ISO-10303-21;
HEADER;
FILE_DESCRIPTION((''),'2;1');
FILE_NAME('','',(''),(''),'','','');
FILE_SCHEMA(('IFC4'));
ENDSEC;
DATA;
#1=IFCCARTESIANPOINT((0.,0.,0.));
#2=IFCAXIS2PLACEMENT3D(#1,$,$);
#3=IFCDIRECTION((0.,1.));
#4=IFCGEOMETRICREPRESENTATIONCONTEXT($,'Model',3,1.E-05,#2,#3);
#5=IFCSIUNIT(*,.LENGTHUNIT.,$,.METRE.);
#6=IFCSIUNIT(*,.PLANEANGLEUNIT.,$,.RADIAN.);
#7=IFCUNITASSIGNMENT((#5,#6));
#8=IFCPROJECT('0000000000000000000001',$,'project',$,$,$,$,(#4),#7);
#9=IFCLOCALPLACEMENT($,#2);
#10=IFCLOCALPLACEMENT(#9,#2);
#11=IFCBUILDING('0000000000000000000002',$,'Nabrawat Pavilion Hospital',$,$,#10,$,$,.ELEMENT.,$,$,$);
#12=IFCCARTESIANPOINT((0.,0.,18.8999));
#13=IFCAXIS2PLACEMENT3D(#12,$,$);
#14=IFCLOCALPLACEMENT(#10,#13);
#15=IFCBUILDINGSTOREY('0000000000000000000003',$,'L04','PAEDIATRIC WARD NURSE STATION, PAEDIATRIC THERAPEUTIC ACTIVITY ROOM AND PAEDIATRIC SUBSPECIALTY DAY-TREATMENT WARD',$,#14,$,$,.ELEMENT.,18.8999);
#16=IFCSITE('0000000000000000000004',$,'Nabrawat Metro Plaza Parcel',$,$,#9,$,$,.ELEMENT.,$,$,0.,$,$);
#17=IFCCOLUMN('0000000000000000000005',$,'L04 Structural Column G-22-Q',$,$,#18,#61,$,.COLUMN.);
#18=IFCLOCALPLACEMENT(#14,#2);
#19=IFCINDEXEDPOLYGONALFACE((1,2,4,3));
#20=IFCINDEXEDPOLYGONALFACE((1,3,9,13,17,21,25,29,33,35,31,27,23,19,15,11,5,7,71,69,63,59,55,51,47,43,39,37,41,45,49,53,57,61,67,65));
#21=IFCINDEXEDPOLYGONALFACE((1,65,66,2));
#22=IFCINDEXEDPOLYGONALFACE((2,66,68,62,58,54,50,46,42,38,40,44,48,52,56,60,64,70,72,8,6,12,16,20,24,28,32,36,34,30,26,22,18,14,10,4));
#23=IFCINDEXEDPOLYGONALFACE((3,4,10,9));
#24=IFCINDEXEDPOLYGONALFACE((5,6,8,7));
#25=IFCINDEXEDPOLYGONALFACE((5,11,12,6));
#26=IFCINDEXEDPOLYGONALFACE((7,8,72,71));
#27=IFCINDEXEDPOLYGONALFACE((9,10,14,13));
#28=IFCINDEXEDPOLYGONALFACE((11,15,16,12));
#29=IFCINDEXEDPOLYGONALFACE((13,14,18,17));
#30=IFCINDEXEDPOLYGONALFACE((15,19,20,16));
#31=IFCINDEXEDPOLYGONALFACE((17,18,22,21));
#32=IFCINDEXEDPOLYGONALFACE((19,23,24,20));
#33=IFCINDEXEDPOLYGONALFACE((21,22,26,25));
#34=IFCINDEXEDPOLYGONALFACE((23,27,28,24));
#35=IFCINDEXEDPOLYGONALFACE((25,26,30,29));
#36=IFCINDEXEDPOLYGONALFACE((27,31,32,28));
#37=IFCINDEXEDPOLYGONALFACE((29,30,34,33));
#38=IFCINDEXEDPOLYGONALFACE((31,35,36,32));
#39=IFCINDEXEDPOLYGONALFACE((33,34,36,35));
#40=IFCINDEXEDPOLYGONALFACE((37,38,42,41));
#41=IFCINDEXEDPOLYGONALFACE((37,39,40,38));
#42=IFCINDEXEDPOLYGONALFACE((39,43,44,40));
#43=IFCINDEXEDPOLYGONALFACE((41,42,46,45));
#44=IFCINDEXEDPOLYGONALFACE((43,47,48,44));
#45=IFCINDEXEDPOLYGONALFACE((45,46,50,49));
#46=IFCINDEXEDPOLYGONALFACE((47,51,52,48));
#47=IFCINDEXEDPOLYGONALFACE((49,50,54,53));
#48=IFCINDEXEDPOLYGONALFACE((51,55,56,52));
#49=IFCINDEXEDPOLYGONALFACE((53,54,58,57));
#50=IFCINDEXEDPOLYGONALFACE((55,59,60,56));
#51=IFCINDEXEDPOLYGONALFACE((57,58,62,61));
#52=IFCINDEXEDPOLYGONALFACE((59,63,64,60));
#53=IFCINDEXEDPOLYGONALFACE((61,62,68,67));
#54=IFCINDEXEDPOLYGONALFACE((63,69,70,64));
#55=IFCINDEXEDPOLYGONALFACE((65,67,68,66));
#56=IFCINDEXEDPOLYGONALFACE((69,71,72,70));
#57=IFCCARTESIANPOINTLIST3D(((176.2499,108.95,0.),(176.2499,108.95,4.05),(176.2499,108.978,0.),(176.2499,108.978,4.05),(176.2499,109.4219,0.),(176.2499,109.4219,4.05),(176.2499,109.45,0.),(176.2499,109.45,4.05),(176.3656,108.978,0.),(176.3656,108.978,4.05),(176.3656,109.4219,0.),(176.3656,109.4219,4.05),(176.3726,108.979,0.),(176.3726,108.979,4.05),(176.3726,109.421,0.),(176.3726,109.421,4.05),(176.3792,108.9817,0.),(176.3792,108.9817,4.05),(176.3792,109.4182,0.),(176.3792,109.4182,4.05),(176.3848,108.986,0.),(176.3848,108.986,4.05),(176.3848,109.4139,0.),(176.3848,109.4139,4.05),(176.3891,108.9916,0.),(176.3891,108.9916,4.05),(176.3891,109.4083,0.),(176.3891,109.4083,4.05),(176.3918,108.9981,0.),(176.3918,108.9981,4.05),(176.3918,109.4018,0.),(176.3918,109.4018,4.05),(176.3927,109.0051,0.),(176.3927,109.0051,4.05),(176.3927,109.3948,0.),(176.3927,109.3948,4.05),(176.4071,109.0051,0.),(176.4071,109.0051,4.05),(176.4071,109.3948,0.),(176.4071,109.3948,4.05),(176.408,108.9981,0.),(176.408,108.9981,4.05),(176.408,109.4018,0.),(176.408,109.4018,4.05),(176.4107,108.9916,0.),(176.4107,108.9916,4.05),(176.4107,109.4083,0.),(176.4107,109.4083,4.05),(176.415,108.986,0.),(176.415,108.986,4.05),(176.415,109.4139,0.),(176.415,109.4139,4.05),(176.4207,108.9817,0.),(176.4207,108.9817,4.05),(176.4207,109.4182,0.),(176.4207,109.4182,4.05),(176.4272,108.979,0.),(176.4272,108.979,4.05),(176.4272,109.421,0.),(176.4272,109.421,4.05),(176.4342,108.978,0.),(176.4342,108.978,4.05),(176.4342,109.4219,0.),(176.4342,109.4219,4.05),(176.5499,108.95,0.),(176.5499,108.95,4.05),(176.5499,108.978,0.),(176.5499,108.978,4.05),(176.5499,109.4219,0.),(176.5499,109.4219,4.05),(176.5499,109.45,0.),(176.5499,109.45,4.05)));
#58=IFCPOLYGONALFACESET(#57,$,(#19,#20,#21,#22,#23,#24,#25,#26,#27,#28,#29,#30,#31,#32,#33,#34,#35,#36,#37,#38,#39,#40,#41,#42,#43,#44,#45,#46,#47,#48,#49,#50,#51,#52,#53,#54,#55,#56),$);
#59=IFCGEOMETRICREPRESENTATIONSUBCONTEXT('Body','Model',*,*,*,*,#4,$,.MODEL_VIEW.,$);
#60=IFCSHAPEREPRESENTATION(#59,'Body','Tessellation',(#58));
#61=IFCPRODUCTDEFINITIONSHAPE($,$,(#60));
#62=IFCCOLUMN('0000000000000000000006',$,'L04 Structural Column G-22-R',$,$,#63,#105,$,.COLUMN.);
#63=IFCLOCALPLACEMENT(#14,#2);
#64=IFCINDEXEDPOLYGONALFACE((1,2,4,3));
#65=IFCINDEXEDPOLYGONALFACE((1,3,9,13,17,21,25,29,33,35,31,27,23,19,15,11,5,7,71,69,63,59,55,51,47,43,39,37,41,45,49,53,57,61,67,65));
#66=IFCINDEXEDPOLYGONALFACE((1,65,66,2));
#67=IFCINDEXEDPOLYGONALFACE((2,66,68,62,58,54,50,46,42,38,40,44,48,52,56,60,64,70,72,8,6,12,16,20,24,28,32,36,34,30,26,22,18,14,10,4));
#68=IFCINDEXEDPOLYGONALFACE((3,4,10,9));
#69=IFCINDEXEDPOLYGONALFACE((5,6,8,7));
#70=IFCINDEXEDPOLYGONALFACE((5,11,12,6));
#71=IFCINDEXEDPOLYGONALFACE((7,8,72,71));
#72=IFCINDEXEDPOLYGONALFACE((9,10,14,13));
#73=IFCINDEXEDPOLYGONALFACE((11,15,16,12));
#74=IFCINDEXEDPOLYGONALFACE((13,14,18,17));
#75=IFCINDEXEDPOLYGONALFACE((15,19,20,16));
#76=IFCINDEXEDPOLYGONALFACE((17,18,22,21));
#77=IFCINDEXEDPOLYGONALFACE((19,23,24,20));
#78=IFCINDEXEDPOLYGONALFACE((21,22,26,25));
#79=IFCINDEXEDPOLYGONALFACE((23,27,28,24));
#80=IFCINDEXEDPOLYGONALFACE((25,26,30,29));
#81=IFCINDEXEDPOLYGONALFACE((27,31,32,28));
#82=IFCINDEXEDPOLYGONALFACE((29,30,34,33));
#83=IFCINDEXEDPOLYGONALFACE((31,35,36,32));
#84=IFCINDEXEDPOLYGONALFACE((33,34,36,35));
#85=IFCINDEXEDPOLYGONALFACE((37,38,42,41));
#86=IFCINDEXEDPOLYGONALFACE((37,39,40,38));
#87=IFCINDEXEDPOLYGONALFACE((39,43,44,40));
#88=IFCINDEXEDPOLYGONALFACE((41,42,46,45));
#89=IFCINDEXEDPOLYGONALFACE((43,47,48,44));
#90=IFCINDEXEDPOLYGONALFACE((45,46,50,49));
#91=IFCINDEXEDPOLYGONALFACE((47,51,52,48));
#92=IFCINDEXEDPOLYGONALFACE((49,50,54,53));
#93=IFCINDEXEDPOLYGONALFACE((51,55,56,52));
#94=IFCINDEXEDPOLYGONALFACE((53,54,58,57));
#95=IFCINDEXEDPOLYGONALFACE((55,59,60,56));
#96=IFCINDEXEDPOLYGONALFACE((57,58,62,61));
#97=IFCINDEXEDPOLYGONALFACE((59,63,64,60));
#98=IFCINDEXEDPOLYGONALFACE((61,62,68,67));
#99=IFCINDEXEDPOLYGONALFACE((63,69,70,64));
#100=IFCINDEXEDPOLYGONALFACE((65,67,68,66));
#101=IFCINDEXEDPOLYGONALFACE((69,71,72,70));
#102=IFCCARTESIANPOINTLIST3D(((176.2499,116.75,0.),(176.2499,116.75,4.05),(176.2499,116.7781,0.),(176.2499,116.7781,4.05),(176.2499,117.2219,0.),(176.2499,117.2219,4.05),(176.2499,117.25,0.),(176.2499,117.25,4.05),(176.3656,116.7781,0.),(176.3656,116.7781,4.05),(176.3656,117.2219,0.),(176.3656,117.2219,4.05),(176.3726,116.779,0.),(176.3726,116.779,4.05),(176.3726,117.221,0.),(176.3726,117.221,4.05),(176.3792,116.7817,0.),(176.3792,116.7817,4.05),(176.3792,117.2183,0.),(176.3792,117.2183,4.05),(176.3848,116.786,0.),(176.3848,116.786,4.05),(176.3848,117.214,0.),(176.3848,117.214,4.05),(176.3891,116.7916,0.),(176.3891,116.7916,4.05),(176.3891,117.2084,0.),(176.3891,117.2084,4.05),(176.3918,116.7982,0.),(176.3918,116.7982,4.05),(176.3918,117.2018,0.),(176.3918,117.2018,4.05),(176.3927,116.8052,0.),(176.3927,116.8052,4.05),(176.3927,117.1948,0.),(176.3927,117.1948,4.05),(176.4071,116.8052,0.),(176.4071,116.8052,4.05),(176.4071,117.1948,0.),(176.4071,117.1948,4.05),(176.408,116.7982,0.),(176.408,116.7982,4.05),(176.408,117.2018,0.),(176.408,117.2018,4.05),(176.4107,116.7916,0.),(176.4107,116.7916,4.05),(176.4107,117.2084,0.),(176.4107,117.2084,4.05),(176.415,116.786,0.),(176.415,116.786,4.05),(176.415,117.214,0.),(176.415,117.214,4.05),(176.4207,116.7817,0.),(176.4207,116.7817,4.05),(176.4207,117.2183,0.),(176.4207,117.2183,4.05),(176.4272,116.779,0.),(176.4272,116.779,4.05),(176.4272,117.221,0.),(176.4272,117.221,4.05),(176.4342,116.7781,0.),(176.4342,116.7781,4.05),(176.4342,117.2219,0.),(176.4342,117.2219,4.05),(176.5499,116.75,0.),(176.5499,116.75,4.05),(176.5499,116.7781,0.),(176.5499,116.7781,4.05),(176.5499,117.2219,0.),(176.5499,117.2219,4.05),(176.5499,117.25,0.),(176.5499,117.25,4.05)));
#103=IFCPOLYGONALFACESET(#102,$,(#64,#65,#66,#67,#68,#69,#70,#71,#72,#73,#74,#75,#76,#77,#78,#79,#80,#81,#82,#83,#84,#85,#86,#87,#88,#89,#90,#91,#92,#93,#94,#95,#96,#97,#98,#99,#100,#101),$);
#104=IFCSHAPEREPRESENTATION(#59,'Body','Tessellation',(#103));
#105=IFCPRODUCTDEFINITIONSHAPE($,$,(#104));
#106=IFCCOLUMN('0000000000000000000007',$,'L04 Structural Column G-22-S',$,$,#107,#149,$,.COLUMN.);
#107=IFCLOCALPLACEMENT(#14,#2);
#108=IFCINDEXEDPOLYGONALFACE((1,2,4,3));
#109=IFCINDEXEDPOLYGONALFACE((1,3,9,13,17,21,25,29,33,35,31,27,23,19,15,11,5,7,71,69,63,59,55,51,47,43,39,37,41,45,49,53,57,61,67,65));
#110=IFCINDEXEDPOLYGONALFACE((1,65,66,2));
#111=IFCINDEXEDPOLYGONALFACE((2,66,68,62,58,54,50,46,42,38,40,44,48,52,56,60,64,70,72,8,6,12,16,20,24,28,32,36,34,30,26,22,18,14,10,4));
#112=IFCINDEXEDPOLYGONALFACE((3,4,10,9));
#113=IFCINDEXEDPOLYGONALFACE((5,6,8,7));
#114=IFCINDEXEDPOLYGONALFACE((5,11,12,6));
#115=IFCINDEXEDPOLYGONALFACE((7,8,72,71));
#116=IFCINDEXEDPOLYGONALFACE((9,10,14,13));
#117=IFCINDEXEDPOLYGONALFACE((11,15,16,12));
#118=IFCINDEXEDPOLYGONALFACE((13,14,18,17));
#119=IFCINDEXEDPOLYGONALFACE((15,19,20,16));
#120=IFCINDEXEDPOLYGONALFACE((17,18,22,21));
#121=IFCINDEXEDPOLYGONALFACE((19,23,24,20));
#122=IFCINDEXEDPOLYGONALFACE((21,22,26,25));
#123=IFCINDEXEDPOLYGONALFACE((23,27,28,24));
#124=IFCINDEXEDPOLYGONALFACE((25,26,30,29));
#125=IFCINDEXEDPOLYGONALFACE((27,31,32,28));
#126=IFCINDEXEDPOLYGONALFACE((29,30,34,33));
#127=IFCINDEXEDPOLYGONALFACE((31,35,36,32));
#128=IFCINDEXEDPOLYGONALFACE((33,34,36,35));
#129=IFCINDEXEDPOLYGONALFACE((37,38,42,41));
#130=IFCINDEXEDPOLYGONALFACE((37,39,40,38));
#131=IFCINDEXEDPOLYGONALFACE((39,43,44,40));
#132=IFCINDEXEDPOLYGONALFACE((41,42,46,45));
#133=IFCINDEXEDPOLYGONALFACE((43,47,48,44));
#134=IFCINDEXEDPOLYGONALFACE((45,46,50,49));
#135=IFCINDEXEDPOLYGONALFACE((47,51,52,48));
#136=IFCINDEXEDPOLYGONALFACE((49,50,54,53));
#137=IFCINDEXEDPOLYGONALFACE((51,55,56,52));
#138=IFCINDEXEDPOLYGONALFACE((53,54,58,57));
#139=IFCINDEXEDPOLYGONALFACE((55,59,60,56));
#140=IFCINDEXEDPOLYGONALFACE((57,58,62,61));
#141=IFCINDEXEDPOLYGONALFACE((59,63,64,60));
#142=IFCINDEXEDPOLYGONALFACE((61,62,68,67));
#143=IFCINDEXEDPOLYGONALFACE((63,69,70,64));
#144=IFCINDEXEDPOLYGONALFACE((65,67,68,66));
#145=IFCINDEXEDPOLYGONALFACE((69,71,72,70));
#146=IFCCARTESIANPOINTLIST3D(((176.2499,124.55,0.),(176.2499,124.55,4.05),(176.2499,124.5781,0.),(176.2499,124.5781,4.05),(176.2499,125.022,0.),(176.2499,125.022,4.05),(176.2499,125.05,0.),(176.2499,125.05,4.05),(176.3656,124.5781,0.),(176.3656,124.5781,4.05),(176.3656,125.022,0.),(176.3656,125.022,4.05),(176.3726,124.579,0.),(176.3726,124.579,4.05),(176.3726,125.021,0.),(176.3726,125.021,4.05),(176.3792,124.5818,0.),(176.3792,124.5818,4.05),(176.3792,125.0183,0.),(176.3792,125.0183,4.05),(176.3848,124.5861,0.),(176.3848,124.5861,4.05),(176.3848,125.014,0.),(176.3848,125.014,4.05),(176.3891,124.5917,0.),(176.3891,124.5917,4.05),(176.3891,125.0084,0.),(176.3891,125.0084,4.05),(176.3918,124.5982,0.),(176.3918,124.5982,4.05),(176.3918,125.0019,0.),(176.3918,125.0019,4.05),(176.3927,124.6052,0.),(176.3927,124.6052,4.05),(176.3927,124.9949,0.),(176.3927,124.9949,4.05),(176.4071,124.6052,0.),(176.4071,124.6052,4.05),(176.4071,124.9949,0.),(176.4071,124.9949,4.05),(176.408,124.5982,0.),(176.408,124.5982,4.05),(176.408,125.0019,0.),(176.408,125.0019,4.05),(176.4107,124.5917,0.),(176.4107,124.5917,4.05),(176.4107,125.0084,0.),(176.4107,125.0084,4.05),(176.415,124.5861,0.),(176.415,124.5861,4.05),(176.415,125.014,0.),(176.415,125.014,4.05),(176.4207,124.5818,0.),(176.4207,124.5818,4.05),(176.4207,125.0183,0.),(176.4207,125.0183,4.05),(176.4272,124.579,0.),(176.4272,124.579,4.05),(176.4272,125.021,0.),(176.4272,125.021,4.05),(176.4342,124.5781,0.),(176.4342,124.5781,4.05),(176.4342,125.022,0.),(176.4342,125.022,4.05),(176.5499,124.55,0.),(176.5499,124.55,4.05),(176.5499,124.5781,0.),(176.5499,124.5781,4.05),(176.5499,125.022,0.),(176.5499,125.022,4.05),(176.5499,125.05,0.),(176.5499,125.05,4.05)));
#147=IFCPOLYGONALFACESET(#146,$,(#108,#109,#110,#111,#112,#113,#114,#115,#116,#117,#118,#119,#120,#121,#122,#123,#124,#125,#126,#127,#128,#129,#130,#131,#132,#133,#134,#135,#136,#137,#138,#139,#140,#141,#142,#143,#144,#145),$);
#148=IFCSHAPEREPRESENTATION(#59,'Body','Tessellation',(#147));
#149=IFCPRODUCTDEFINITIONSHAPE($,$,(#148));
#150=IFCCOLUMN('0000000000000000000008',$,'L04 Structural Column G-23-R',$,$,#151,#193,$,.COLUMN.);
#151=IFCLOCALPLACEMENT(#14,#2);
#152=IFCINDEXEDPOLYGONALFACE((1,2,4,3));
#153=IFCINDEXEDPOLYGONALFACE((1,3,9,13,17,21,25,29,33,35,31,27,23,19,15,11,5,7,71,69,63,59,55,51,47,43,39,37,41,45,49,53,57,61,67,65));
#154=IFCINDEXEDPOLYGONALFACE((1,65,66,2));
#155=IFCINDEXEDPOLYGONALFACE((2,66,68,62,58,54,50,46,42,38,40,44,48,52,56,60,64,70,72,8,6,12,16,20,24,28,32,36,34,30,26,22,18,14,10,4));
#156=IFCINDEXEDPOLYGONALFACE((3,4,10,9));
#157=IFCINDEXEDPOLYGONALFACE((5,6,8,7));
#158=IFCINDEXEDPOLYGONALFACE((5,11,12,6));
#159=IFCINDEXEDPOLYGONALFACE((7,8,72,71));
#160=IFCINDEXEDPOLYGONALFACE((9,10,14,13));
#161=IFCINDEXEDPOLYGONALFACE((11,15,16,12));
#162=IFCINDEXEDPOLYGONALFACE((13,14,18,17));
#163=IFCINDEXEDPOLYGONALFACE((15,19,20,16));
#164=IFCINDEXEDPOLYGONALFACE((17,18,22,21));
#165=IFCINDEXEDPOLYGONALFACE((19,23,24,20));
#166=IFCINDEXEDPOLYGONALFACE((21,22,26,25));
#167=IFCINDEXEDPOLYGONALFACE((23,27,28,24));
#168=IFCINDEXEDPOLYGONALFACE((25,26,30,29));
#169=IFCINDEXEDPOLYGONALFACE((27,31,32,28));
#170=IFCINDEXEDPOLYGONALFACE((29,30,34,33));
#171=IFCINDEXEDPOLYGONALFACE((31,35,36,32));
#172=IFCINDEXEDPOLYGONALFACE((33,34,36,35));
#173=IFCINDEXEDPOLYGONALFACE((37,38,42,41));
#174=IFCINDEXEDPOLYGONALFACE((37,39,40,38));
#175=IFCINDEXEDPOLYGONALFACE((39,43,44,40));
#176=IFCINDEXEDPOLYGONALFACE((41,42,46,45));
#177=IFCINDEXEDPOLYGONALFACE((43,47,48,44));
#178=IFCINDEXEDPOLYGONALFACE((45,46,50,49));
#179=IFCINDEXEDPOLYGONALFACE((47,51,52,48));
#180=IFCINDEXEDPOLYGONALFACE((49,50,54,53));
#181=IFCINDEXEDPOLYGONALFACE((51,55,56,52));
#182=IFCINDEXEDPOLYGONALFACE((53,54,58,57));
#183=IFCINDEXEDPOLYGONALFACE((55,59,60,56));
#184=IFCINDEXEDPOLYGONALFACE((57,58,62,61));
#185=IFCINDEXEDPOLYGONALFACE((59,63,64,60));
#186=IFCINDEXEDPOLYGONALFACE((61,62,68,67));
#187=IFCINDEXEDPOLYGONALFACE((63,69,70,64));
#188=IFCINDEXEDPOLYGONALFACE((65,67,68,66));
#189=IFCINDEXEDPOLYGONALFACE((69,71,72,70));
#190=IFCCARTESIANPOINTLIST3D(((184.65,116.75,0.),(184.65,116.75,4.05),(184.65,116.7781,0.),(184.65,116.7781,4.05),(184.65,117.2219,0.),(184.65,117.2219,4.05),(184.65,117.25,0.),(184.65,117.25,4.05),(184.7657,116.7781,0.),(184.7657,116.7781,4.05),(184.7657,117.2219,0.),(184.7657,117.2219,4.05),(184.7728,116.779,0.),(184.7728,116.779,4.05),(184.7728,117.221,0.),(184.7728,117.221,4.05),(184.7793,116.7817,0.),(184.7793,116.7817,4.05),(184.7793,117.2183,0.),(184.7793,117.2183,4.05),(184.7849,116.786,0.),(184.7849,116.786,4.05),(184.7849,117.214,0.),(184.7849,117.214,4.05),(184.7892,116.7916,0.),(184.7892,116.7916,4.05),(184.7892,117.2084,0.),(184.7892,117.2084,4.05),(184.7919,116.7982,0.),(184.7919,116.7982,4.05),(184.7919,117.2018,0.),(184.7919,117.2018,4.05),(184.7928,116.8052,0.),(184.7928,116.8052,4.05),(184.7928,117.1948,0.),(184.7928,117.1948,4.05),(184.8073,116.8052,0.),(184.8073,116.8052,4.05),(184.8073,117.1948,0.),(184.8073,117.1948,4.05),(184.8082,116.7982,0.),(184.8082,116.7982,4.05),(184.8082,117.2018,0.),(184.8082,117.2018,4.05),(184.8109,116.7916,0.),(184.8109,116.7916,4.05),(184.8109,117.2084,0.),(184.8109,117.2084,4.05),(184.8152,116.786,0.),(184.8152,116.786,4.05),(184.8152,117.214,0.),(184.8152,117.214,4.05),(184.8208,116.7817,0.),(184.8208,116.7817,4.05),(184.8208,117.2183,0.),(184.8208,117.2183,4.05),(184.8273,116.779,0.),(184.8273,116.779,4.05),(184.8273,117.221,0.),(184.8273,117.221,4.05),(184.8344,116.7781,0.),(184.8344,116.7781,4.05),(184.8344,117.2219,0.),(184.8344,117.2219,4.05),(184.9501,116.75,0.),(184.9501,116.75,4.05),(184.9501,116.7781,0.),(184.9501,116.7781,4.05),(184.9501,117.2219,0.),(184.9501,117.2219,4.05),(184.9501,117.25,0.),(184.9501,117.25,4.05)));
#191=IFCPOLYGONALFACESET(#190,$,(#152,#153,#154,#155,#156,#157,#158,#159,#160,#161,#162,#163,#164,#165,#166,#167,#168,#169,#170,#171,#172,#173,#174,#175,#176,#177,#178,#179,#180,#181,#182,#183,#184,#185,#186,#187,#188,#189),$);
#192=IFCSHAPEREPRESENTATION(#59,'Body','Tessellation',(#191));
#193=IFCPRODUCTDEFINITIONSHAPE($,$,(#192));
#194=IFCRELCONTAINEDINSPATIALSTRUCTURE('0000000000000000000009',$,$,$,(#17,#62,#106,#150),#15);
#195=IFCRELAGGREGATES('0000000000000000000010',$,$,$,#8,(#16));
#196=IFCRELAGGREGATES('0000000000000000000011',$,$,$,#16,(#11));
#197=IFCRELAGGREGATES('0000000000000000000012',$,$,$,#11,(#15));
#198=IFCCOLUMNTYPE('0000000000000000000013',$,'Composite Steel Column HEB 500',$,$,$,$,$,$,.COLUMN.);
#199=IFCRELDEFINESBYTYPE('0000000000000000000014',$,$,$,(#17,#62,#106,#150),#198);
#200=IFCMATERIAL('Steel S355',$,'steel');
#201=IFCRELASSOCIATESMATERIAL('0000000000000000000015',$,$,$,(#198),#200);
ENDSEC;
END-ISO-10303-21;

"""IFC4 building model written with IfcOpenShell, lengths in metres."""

from ifc_helpers import new_model, si_unit, direction, frame, origin, origin_2d, place, context, subcontext, project, spatial, i_section, extrude, material, material_profile, profile_set, type_object, element, save


model = new_model("IFC4")

# Units and contexts
model_context = context("Model", 3, precision=1e-05, world=origin(), true_north=direction((0.0, 1.0)))
body_context = subcontext(model_context, "Body", "Model", "MODEL_VIEW")
ifc_project = project(units=[si_unit("LENGTHUNIT", "METRE"), si_unit("PLANEANGLEUNIT", "RADIAN")], contexts=[model_context])

# Site, building, storey
site_placement = place(None, origin())
site = spatial("IfcSite", under=ifc_project, at=site_placement, Name="Nabrawat Metro Plaza Parcel", CompositionType="ELEMENT", RefElevation=0.0)
building_placement = place(site_placement, origin())
building = spatial("IfcBuilding", under=site, at=building_placement, Name="Nabrawat Pavilion Hospital", CompositionType="ELEMENT")
storey_placement = place(building_placement, frame((0.0, 0.0, 18.8999)))
storey = spatial("IfcBuildingStorey", under=building, at=storey_placement, Name="L04", Description="PAEDIATRIC WARD NURSE STATION, PAEDIATRIC THERAPEUTIC ACTIVITY ROOM AND PAEDIATRIC SUBSPECIALTY DAY-TREATMENT WARD", CompositionType="ELEMENT", Elevation=18.8999)

# Columns
ifc_material_1 = material(Name="Steel S355", Category="steel")
ifc_material_profile_1 = material_profile(ifc_material_1, i_section(OverallWidth=0.3, OverallDepth=0.5, WebThickness=0.0144, FlangeThickness=0.0281, FilletRadius=0.0271, at=origin_2d()), Name="HEB 500")
ifc_profile_set_1 = profile_set([ifc_material_profile_1], Name="Steel S355")
column_type = type_object("IfcColumnType", Name="Composite Steel Column HEB 500", PredefinedType="COLUMN", material=ifc_profile_set_1)
for number, where, z_axis, x_axis, name in (
    (1, (176.3999, 109.2, 0.0), (0.0, 0.0, 1.0), (1.0, 0.0, 0.0), "L04 Structural Column G-22-Q"),
    (2, (176.3999, 117.0, 0.0), (0.0, 0.0, 1.0), (1.0, 0.0, 0.0), "L04 Structural Column G-22-R"),
    (3, (176.3999, 124.8, 0.0), (0.0, 0.0, 1.0), (1.0, 0.0, 0.0), "L04 Structural Column G-22-S"),
    (4, (184.8, 117.0, 0.0), (0.0, 0.0, 1.0), (1.0, 0.0, 0.0), "L04 Structural Column G-23-R"),
):
    element("IfcColumn", number, at=place(storey_placement, frame(where, z_axis=z_axis, x_axis=x_axis)), inside=storey, type_object=column_type, Name=name, PredefinedType="COLUMN", context=body_context, shape_type="SweptSolid", body=[
        extrude(i_section(OverallWidth=0.3, OverallDepth=0.5, WebThickness=0.0144, FlangeThickness=0.0281, FilletRadius=0.0271, at=origin_2d()), origin(), (0.0, 0.0, 1.0), 4.05),
    ])

save(model, "model.ifc")
